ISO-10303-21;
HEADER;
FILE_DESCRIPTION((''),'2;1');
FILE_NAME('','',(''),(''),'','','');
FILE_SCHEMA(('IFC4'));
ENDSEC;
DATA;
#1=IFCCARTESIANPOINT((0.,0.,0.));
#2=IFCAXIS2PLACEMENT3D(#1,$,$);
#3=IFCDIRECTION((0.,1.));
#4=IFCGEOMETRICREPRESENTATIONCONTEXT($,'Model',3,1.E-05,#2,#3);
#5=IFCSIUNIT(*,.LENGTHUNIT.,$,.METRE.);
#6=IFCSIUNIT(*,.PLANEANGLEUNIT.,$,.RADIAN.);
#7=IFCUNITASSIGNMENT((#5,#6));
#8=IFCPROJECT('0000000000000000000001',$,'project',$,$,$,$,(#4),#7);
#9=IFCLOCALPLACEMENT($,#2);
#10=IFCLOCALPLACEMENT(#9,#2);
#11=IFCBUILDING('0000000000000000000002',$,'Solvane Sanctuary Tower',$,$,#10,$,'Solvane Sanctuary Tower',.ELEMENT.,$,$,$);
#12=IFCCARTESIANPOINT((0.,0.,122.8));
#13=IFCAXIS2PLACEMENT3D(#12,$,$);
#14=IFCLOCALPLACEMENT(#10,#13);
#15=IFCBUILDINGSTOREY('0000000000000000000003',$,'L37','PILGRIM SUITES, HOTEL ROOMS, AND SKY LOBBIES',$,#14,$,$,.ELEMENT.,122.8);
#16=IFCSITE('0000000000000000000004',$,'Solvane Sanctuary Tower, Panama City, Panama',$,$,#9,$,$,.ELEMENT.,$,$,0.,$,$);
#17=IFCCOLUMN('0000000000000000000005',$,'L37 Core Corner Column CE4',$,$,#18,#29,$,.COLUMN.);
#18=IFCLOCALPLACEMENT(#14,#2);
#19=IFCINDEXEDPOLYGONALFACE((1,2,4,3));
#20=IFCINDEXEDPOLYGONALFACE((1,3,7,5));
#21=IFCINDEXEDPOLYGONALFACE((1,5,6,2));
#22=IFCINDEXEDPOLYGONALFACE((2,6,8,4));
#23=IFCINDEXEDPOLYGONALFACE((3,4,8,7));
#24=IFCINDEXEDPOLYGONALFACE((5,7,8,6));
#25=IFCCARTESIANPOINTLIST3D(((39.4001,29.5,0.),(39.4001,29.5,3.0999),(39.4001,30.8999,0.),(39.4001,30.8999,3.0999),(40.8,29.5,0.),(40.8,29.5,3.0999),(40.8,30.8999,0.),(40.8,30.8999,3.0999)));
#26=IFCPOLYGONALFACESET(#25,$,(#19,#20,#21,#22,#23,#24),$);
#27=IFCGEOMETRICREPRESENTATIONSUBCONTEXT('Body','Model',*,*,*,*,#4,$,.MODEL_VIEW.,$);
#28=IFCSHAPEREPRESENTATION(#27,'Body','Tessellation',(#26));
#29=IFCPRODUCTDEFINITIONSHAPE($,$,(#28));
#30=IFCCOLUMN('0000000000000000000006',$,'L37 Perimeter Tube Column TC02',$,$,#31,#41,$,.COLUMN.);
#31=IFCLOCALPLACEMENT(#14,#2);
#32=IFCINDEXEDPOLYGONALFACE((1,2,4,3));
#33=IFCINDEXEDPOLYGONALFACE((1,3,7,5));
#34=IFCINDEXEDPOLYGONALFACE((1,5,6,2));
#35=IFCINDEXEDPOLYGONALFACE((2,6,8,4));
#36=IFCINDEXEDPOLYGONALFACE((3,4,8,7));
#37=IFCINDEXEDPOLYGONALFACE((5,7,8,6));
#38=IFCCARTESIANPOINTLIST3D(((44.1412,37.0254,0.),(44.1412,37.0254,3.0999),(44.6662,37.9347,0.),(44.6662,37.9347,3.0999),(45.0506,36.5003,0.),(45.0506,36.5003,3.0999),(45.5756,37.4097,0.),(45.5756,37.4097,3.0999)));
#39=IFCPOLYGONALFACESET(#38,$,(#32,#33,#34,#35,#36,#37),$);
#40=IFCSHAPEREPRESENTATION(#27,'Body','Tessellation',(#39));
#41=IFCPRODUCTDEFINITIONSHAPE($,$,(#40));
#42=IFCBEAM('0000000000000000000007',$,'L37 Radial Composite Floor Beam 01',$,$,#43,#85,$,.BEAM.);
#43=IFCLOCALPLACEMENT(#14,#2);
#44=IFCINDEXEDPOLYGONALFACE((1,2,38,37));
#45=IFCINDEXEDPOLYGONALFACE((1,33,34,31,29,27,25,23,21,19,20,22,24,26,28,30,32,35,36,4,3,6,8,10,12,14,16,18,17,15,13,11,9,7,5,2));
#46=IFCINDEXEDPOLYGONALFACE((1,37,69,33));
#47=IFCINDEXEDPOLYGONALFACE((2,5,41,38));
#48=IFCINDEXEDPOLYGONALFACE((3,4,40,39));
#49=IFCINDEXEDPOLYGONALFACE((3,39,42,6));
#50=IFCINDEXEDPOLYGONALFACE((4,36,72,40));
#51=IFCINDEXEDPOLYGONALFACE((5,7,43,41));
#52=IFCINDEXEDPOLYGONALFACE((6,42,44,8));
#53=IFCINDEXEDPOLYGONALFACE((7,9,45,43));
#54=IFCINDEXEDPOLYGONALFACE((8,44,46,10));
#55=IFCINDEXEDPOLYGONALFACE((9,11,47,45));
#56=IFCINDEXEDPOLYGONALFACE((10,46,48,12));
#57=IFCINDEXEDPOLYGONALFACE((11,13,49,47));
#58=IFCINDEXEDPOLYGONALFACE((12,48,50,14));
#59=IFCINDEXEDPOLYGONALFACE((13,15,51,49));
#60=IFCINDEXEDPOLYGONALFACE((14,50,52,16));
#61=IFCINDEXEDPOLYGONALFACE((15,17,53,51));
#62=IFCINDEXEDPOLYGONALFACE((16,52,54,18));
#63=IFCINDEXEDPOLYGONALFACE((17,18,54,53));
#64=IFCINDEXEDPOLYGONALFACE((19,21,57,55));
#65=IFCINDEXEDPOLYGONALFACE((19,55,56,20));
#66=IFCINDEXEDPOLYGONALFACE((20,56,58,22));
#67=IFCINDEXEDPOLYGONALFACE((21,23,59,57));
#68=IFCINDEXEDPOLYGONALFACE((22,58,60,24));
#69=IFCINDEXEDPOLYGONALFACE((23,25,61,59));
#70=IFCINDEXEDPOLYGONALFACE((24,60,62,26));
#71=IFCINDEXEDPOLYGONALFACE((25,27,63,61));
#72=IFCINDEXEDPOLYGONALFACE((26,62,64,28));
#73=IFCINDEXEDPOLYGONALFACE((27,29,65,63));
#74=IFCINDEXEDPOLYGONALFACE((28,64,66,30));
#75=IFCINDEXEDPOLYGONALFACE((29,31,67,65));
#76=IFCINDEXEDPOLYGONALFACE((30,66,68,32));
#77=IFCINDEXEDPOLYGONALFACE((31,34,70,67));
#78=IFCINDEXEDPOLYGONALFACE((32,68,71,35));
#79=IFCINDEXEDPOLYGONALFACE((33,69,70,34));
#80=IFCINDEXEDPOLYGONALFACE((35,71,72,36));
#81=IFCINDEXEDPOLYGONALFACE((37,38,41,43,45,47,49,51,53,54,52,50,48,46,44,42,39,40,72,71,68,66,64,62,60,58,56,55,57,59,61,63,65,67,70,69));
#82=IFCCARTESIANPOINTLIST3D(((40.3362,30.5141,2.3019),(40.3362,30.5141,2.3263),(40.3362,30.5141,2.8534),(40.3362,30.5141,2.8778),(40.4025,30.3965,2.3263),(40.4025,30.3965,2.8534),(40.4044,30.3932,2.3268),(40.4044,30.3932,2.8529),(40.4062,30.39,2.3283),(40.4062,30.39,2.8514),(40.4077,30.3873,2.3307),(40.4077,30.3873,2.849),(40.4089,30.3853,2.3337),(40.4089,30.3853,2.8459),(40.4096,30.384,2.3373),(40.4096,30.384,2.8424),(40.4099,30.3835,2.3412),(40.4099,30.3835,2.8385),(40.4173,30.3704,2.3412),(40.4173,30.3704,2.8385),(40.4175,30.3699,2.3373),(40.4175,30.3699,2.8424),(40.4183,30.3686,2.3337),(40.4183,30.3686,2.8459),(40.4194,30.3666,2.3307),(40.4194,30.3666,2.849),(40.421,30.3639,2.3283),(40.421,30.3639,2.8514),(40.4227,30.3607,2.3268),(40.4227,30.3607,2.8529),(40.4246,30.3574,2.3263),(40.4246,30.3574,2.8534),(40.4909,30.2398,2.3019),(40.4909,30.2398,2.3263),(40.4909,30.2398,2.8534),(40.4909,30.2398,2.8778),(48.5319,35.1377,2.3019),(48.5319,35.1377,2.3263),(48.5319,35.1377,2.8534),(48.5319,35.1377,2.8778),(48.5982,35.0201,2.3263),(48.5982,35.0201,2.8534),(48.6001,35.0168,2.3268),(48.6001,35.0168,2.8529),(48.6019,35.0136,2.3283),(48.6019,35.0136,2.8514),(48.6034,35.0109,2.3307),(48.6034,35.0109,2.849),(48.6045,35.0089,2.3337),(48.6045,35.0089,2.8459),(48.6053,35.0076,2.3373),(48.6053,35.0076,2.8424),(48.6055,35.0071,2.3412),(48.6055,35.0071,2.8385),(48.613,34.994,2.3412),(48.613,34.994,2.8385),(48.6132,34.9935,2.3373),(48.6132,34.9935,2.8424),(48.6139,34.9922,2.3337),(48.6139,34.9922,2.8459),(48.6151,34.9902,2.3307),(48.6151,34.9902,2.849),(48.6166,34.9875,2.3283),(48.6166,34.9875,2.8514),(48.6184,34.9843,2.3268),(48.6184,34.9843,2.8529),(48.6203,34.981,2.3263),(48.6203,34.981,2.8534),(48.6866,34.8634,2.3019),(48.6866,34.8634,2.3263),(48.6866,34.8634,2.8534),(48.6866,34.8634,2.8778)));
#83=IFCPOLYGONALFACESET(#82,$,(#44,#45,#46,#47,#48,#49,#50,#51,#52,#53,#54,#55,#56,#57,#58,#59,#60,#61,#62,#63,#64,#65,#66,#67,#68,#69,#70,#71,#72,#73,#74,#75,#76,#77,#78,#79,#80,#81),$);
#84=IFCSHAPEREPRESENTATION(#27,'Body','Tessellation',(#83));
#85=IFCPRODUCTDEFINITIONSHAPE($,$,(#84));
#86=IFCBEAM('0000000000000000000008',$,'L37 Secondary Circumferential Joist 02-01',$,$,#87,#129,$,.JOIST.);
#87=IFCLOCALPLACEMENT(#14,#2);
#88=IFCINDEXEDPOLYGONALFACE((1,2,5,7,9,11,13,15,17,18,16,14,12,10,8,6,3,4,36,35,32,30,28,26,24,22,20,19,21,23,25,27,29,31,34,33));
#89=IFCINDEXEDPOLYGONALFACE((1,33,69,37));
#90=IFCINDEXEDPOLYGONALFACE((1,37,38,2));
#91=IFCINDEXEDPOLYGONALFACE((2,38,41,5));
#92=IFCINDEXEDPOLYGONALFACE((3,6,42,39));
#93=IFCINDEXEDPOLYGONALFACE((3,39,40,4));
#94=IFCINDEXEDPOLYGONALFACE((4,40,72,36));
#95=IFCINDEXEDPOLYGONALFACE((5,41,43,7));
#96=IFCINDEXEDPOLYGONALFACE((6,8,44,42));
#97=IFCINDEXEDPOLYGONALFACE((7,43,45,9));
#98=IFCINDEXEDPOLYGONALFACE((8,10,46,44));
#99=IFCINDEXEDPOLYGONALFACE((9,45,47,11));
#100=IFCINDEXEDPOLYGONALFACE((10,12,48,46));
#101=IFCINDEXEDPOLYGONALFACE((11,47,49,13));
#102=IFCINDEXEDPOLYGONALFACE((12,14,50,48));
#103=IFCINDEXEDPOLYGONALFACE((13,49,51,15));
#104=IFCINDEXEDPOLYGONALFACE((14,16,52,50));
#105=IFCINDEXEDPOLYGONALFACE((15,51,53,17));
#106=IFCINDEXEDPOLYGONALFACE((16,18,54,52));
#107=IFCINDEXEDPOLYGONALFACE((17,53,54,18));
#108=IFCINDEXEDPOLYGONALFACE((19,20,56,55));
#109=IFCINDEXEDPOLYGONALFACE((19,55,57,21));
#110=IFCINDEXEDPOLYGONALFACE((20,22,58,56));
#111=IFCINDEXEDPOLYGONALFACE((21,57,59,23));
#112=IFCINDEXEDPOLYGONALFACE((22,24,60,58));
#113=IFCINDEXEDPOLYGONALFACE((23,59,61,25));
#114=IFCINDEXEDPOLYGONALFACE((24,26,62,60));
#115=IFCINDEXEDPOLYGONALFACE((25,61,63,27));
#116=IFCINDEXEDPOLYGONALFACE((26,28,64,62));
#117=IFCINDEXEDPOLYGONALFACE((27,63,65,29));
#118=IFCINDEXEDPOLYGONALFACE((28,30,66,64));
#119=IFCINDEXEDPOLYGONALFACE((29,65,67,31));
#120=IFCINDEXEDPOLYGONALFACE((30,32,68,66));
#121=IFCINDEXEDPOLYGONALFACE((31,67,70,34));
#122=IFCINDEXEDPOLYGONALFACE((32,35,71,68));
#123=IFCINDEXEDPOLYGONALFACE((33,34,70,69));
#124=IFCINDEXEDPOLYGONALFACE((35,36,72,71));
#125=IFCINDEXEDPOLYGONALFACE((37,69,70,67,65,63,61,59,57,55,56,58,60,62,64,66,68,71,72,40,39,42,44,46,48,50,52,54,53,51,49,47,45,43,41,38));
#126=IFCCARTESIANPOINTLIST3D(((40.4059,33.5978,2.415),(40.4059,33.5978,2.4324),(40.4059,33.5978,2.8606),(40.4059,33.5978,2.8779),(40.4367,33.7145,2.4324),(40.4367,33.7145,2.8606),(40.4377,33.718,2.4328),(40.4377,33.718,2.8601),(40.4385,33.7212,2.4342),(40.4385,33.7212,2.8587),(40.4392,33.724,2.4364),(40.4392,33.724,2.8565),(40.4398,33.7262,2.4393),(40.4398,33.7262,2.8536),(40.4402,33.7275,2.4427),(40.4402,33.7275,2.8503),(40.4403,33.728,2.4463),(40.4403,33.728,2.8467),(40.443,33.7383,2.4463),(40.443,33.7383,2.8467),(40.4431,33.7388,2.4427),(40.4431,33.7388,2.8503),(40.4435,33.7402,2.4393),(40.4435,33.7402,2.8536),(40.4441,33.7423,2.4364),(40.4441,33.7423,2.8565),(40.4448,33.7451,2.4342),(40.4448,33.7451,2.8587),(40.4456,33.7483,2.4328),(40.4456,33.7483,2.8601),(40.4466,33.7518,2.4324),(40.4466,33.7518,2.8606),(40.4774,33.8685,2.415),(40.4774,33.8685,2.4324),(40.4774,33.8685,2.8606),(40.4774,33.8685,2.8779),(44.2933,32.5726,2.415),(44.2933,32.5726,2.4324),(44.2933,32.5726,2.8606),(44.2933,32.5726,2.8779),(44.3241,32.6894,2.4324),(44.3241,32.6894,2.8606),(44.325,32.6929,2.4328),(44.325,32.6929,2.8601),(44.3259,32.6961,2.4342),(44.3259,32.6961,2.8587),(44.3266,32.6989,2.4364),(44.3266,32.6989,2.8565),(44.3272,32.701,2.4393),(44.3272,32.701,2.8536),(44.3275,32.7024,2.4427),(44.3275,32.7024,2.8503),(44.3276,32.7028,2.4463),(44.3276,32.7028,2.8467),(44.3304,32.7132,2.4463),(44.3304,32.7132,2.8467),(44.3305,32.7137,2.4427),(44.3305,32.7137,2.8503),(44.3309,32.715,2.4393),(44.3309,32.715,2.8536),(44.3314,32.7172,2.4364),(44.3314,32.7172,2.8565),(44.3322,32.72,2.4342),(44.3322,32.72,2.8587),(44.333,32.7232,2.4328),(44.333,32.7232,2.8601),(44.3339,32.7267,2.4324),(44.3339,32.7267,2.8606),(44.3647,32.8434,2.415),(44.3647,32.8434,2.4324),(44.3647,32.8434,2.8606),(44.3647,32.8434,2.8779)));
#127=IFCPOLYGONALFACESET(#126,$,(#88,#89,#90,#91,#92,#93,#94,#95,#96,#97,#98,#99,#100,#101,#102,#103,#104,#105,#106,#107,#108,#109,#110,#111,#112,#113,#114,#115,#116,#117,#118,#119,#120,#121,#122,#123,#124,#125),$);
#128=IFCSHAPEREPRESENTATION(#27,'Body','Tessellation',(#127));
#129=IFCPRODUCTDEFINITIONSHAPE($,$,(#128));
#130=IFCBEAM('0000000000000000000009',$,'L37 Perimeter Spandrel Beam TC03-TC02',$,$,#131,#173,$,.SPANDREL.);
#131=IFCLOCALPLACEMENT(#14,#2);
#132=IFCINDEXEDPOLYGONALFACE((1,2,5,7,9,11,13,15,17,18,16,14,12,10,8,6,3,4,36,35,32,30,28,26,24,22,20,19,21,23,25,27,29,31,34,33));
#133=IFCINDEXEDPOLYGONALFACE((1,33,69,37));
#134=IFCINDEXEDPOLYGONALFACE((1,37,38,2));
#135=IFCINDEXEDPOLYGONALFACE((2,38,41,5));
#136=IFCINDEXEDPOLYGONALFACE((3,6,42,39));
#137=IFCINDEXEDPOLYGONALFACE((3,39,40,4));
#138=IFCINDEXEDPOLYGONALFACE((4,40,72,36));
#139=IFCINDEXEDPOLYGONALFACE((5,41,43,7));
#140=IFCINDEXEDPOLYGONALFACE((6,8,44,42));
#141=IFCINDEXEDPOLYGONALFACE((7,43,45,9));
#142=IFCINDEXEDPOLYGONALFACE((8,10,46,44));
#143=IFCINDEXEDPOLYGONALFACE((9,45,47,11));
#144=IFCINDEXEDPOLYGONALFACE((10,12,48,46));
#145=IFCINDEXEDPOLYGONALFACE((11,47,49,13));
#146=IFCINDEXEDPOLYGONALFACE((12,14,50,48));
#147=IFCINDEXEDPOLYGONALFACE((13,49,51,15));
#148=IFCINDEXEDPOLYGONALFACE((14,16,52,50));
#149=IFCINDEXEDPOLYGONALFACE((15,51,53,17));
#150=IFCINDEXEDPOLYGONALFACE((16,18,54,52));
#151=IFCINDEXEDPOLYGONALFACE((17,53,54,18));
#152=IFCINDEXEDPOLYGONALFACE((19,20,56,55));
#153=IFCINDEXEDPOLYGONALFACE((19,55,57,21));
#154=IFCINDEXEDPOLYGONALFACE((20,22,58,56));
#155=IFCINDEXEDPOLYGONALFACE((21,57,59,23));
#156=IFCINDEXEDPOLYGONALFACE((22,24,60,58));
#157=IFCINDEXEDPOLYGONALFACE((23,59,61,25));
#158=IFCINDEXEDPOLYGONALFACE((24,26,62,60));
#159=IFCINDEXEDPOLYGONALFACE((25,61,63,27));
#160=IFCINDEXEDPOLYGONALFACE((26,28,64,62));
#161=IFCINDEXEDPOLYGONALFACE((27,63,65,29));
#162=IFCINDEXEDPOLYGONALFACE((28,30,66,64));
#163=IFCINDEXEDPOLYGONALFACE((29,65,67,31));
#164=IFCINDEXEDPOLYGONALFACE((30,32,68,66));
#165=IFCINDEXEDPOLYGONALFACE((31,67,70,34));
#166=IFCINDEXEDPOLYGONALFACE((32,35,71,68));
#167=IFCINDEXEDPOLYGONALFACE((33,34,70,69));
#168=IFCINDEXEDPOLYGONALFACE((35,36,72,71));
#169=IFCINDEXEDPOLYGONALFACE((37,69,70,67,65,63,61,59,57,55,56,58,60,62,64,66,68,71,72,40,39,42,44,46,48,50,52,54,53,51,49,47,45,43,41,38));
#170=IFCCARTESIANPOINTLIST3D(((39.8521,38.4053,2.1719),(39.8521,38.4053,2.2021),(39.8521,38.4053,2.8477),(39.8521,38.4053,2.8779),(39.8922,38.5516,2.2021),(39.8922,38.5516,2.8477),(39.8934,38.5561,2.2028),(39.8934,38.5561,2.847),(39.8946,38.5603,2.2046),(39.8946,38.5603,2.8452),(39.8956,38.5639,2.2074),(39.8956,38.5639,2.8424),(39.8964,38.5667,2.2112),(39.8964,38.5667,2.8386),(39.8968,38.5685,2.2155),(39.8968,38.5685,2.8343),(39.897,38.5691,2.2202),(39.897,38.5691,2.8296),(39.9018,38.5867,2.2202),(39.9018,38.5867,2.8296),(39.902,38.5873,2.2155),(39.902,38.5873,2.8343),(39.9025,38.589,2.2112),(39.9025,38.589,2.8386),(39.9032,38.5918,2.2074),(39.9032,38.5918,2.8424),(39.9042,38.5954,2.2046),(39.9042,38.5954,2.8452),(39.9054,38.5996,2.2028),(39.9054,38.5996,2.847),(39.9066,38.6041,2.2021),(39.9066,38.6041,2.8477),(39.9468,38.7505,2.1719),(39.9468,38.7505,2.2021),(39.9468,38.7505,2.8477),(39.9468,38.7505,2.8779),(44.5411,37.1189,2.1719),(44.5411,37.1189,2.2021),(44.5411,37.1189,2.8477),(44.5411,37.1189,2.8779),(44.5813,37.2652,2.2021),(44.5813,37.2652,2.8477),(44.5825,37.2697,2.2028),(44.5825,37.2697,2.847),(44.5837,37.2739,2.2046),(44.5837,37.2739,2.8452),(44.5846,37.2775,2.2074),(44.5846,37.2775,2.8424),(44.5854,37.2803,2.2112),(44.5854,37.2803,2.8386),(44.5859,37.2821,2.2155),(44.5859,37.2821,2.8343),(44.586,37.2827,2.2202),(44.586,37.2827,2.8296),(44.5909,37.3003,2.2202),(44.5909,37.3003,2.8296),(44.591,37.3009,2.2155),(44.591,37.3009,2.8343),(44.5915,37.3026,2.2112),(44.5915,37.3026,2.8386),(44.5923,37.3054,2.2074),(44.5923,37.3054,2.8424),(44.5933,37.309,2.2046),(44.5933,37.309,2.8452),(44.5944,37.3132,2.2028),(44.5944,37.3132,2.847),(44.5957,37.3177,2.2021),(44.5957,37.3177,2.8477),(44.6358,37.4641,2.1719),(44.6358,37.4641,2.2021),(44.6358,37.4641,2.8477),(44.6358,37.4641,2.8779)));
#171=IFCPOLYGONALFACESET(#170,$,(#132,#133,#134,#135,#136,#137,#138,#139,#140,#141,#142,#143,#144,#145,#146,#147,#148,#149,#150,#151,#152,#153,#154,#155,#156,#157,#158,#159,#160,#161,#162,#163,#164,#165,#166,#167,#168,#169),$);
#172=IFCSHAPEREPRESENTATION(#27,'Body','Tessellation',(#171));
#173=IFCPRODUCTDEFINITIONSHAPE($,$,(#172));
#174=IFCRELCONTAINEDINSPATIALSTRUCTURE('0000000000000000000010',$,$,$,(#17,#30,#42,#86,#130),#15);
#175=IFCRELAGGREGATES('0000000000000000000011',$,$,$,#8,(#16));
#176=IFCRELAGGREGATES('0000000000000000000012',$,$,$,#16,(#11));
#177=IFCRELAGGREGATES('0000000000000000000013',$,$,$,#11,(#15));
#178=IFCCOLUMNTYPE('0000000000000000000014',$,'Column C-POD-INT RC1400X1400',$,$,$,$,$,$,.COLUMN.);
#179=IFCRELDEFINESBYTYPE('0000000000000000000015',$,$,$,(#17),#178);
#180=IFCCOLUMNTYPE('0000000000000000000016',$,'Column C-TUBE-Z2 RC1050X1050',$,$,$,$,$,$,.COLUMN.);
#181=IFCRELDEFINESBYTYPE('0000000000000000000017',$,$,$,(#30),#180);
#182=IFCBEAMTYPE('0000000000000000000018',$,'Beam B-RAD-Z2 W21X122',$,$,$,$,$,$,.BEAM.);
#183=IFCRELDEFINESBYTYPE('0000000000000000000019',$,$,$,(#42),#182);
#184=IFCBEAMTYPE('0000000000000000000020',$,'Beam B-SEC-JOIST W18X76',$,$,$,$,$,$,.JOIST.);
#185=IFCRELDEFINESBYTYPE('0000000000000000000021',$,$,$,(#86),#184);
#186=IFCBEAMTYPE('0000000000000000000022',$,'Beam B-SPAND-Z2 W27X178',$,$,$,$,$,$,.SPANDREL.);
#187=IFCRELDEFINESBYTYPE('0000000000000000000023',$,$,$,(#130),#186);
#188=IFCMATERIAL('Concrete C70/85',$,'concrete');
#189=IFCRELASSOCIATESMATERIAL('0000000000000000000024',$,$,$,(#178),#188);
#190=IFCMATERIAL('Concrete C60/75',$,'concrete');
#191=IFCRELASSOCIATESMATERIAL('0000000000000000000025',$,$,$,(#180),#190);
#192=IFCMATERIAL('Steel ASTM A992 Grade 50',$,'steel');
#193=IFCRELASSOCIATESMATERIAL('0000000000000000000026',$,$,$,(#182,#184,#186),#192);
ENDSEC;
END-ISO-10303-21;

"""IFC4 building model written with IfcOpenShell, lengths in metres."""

from ifc_helpers import new_model, si_unit, direction, frame, origin, origin_2d, place, context, subcontext, project, spatial, rectangle, i_section, extrude, material, material_profile, profile_set, type_object, element, save


model = new_model("IFC4")

# Units and contexts
model_context = context("Model", 3, precision=1e-05, world=origin(), true_north=direction((0.0, 1.0)))
body_context = subcontext(model_context, "Body", "Model", "MODEL_VIEW")
ifc_project = project(units=[si_unit("LENGTHUNIT", "METRE"), si_unit("PLANEANGLEUNIT", "RADIAN")], contexts=[model_context])

# Site, building, storey
site_placement = place(None, origin())
site = spatial("IfcSite", under=ifc_project, at=site_placement, Name="Solvane Sanctuary Tower, Panama City, Panama", CompositionType="ELEMENT", RefElevation=0.0)
building_placement = place(site_placement, origin())
building = spatial("IfcBuilding", under=site, at=building_placement, Name="Solvane Sanctuary Tower", LongName="Solvane Sanctuary Tower", CompositionType="ELEMENT")
storey_placement = place(building_placement, frame((0.0, 0.0, 122.8)))
storey = spatial("IfcBuildingStorey", under=building, at=storey_placement, Name="L37", Description="PILGRIM SUITES, HOTEL ROOMS, AND SKY LOBBIES", CompositionType="ELEMENT", Elevation=122.8)

# Columns
ifc_material_1 = material(Name="Concrete C70/85", Category="concrete")
ifc_material_profile_1 = material_profile(ifc_material_1, rectangle(XDim=1.3999, YDim=1.3999, at=origin_2d()), Name="RC1400X1400")
ifc_profile_set_1 = profile_set([ifc_material_profile_1], Name="Concrete C70/85")
column_type_1 = type_object("IfcColumnType", Name="Column C-POD-INT RC1400X1400", PredefinedType="COLUMN", material=ifc_profile_set_1)
column_1_placement = place(storey_placement, frame((40.1001, 30.2, 0.0), z_axis=(0.0, 0.0, 1.0), x_axis=(1.0, 0.0, 0.0)))
element("IfcColumn", 1, at=column_1_placement, inside=storey, type_object=column_type_1, Name="L37 Core Corner Column CE4", PredefinedType="COLUMN", context=body_context, shape_type="SweptSolid", body=[
    extrude(rectangle(XDim=1.3999, YDim=1.3999, at=origin_2d()), origin(), (0.0, 0.0, 1.0), 3.0999),
])
ifc_material_2 = material(Name="Concrete C60/75", Category="concrete")
ifc_material_profile_2 = material_profile(ifc_material_2, rectangle(XDim=1.05, YDim=1.05, at=origin_2d()), Name="RC1050X1050")
ifc_profile_set_2 = profile_set([ifc_material_profile_2], Name="Concrete C60/75")
column_type_2 = type_object("IfcColumnType", Name="Column C-TUBE-Z2 RC1050X1050", PredefinedType="COLUMN", material=ifc_profile_set_2)
column_2_placement = place(storey_placement, frame((44.8584, 37.2175, 0.0), z_axis=(0.0, 0.0, 1.0), x_axis=(0.5, 0.866025, 0.0)))
element("IfcColumn", 2, at=column_2_placement, inside=storey, type_object=column_type_2, Name="L37 Perimeter Tube Column TC02", PredefinedType="COLUMN", context=body_context, shape_type="SweptSolid", body=[
    extrude(rectangle(XDim=1.05, YDim=1.05, at=origin_2d()), origin(), (0.0, 0.0, 1.0), 3.0999),
])

# Beams
ifc_material_3 = material(Name="Steel ASTM A992 Grade 50", Category="steel")
ifc_material_profile_3 = material_profile(ifc_material_3, i_section(OverallWidth=0.3149, OverallDepth=0.5759, WebThickness=0.0151, FlangeThickness=0.0244, FilletRadius=0.0149, at=origin_2d()), Name="W21X122")
ifc_profile_set_3 = profile_set([ifc_material_profile_3], Name="Steel ASTM A992 Grade 50")
beam_type_1 = type_object("IfcBeamType", Name="Beam B-RAD-Z2 W21X122", PredefinedType="BEAM", material=ifc_profile_set_3)
beam_1_placement = place(storey_placement, frame((40.4136, 30.377, 2.5898), z_axis=(0.87096, 0.491353, 0.0), x_axis=(-0.491353, 0.87096, 0.0)))
element("IfcBeam", 3, at=beam_1_placement, inside=storey, type_object=beam_type_1, Name="L37 Radial Composite Floor Beam 01", PredefinedType="BEAM", context=body_context, shape_type="SweptSolid", body=[
    extrude(i_section(OverallWidth=0.3149, OverallDepth=0.5759, WebThickness=0.0151, FlangeThickness=0.0244, FilletRadius=0.0149, at=origin_2d()), origin(), (0.0, 0.0, 1.0), 9.4099),
])
ifc_material_profile_4 = material_profile(ifc_material_3, i_section(OverallWidth=0.28, OverallDepth=0.4629, WebThickness=0.0107, FlangeThickness=0.0173, FilletRadius=0.0139, at=origin_2d()), Name="W18X76")
ifc_profile_set_4 = profile_set([ifc_material_profile_4], Name="Steel ASTM A992 Grade 50")
beam_type_2 = type_object("IfcBeamType", Name="Beam B-SEC-JOIST W18X76", PredefinedType="JOIST", material=ifc_profile_set_4)
beam_2_placement = place(storey_placement, frame((40.4417, 33.7332, 2.6465), z_axis=(0.966944, -0.254989, 0.0), x_axis=(0.254989, 0.966944, 0.0)))
element("IfcBeam", 4, at=beam_2_placement, inside=storey, type_object=beam_type_2, Name="L37 Secondary Circumferential Joist 02-01", PredefinedType="JOIST", context=body_context, shape_type="SweptSolid", body=[
    extrude(i_section(OverallWidth=0.28, OverallDepth=0.4629, WebThickness=0.0107, FlangeThickness=0.0173, FilletRadius=0.0139, at=origin_2d()), origin(), (0.0, 0.0, 1.0), 4.0203),
])
ifc_material_profile_5 = material_profile(ifc_material_3, i_section(OverallWidth=0.3579, OverallDepth=0.7061, WebThickness=0.0183, FlangeThickness=0.0303, FilletRadius=0.0181, at=origin_2d()), Name="W27X178")
ifc_profile_set_5 = profile_set([ifc_material_profile_5], Name="Steel ASTM A992 Grade 50")
beam_type_3 = type_object("IfcBeamType", Name="Beam B-SPAND-Z2 W27X178", PredefinedType="SPANDREL", material=ifc_profile_set_5)
beam_3_placement = place(storey_placement, frame((39.8994, 38.5779, 2.5249), z_axis=(0.964368, -0.264566, 0.0), x_axis=(0.264566, 0.964368, 0.0)))
element("IfcBeam", 5, at=beam_3_placement, inside=storey, type_object=beam_type_3, Name="L37 Perimeter Spandrel Beam TC03-TC02", PredefinedType="SPANDREL", context=body_context, shape_type="SweptSolid", body=[
    extrude(i_section(OverallWidth=0.3579, OverallDepth=0.7061, WebThickness=0.0183, FlangeThickness=0.0303, FilletRadius=0.0181, at=origin_2d()), origin(), (0.0, 0.0, 1.0), 4.8623),
])

save(model, "model.ifc")
